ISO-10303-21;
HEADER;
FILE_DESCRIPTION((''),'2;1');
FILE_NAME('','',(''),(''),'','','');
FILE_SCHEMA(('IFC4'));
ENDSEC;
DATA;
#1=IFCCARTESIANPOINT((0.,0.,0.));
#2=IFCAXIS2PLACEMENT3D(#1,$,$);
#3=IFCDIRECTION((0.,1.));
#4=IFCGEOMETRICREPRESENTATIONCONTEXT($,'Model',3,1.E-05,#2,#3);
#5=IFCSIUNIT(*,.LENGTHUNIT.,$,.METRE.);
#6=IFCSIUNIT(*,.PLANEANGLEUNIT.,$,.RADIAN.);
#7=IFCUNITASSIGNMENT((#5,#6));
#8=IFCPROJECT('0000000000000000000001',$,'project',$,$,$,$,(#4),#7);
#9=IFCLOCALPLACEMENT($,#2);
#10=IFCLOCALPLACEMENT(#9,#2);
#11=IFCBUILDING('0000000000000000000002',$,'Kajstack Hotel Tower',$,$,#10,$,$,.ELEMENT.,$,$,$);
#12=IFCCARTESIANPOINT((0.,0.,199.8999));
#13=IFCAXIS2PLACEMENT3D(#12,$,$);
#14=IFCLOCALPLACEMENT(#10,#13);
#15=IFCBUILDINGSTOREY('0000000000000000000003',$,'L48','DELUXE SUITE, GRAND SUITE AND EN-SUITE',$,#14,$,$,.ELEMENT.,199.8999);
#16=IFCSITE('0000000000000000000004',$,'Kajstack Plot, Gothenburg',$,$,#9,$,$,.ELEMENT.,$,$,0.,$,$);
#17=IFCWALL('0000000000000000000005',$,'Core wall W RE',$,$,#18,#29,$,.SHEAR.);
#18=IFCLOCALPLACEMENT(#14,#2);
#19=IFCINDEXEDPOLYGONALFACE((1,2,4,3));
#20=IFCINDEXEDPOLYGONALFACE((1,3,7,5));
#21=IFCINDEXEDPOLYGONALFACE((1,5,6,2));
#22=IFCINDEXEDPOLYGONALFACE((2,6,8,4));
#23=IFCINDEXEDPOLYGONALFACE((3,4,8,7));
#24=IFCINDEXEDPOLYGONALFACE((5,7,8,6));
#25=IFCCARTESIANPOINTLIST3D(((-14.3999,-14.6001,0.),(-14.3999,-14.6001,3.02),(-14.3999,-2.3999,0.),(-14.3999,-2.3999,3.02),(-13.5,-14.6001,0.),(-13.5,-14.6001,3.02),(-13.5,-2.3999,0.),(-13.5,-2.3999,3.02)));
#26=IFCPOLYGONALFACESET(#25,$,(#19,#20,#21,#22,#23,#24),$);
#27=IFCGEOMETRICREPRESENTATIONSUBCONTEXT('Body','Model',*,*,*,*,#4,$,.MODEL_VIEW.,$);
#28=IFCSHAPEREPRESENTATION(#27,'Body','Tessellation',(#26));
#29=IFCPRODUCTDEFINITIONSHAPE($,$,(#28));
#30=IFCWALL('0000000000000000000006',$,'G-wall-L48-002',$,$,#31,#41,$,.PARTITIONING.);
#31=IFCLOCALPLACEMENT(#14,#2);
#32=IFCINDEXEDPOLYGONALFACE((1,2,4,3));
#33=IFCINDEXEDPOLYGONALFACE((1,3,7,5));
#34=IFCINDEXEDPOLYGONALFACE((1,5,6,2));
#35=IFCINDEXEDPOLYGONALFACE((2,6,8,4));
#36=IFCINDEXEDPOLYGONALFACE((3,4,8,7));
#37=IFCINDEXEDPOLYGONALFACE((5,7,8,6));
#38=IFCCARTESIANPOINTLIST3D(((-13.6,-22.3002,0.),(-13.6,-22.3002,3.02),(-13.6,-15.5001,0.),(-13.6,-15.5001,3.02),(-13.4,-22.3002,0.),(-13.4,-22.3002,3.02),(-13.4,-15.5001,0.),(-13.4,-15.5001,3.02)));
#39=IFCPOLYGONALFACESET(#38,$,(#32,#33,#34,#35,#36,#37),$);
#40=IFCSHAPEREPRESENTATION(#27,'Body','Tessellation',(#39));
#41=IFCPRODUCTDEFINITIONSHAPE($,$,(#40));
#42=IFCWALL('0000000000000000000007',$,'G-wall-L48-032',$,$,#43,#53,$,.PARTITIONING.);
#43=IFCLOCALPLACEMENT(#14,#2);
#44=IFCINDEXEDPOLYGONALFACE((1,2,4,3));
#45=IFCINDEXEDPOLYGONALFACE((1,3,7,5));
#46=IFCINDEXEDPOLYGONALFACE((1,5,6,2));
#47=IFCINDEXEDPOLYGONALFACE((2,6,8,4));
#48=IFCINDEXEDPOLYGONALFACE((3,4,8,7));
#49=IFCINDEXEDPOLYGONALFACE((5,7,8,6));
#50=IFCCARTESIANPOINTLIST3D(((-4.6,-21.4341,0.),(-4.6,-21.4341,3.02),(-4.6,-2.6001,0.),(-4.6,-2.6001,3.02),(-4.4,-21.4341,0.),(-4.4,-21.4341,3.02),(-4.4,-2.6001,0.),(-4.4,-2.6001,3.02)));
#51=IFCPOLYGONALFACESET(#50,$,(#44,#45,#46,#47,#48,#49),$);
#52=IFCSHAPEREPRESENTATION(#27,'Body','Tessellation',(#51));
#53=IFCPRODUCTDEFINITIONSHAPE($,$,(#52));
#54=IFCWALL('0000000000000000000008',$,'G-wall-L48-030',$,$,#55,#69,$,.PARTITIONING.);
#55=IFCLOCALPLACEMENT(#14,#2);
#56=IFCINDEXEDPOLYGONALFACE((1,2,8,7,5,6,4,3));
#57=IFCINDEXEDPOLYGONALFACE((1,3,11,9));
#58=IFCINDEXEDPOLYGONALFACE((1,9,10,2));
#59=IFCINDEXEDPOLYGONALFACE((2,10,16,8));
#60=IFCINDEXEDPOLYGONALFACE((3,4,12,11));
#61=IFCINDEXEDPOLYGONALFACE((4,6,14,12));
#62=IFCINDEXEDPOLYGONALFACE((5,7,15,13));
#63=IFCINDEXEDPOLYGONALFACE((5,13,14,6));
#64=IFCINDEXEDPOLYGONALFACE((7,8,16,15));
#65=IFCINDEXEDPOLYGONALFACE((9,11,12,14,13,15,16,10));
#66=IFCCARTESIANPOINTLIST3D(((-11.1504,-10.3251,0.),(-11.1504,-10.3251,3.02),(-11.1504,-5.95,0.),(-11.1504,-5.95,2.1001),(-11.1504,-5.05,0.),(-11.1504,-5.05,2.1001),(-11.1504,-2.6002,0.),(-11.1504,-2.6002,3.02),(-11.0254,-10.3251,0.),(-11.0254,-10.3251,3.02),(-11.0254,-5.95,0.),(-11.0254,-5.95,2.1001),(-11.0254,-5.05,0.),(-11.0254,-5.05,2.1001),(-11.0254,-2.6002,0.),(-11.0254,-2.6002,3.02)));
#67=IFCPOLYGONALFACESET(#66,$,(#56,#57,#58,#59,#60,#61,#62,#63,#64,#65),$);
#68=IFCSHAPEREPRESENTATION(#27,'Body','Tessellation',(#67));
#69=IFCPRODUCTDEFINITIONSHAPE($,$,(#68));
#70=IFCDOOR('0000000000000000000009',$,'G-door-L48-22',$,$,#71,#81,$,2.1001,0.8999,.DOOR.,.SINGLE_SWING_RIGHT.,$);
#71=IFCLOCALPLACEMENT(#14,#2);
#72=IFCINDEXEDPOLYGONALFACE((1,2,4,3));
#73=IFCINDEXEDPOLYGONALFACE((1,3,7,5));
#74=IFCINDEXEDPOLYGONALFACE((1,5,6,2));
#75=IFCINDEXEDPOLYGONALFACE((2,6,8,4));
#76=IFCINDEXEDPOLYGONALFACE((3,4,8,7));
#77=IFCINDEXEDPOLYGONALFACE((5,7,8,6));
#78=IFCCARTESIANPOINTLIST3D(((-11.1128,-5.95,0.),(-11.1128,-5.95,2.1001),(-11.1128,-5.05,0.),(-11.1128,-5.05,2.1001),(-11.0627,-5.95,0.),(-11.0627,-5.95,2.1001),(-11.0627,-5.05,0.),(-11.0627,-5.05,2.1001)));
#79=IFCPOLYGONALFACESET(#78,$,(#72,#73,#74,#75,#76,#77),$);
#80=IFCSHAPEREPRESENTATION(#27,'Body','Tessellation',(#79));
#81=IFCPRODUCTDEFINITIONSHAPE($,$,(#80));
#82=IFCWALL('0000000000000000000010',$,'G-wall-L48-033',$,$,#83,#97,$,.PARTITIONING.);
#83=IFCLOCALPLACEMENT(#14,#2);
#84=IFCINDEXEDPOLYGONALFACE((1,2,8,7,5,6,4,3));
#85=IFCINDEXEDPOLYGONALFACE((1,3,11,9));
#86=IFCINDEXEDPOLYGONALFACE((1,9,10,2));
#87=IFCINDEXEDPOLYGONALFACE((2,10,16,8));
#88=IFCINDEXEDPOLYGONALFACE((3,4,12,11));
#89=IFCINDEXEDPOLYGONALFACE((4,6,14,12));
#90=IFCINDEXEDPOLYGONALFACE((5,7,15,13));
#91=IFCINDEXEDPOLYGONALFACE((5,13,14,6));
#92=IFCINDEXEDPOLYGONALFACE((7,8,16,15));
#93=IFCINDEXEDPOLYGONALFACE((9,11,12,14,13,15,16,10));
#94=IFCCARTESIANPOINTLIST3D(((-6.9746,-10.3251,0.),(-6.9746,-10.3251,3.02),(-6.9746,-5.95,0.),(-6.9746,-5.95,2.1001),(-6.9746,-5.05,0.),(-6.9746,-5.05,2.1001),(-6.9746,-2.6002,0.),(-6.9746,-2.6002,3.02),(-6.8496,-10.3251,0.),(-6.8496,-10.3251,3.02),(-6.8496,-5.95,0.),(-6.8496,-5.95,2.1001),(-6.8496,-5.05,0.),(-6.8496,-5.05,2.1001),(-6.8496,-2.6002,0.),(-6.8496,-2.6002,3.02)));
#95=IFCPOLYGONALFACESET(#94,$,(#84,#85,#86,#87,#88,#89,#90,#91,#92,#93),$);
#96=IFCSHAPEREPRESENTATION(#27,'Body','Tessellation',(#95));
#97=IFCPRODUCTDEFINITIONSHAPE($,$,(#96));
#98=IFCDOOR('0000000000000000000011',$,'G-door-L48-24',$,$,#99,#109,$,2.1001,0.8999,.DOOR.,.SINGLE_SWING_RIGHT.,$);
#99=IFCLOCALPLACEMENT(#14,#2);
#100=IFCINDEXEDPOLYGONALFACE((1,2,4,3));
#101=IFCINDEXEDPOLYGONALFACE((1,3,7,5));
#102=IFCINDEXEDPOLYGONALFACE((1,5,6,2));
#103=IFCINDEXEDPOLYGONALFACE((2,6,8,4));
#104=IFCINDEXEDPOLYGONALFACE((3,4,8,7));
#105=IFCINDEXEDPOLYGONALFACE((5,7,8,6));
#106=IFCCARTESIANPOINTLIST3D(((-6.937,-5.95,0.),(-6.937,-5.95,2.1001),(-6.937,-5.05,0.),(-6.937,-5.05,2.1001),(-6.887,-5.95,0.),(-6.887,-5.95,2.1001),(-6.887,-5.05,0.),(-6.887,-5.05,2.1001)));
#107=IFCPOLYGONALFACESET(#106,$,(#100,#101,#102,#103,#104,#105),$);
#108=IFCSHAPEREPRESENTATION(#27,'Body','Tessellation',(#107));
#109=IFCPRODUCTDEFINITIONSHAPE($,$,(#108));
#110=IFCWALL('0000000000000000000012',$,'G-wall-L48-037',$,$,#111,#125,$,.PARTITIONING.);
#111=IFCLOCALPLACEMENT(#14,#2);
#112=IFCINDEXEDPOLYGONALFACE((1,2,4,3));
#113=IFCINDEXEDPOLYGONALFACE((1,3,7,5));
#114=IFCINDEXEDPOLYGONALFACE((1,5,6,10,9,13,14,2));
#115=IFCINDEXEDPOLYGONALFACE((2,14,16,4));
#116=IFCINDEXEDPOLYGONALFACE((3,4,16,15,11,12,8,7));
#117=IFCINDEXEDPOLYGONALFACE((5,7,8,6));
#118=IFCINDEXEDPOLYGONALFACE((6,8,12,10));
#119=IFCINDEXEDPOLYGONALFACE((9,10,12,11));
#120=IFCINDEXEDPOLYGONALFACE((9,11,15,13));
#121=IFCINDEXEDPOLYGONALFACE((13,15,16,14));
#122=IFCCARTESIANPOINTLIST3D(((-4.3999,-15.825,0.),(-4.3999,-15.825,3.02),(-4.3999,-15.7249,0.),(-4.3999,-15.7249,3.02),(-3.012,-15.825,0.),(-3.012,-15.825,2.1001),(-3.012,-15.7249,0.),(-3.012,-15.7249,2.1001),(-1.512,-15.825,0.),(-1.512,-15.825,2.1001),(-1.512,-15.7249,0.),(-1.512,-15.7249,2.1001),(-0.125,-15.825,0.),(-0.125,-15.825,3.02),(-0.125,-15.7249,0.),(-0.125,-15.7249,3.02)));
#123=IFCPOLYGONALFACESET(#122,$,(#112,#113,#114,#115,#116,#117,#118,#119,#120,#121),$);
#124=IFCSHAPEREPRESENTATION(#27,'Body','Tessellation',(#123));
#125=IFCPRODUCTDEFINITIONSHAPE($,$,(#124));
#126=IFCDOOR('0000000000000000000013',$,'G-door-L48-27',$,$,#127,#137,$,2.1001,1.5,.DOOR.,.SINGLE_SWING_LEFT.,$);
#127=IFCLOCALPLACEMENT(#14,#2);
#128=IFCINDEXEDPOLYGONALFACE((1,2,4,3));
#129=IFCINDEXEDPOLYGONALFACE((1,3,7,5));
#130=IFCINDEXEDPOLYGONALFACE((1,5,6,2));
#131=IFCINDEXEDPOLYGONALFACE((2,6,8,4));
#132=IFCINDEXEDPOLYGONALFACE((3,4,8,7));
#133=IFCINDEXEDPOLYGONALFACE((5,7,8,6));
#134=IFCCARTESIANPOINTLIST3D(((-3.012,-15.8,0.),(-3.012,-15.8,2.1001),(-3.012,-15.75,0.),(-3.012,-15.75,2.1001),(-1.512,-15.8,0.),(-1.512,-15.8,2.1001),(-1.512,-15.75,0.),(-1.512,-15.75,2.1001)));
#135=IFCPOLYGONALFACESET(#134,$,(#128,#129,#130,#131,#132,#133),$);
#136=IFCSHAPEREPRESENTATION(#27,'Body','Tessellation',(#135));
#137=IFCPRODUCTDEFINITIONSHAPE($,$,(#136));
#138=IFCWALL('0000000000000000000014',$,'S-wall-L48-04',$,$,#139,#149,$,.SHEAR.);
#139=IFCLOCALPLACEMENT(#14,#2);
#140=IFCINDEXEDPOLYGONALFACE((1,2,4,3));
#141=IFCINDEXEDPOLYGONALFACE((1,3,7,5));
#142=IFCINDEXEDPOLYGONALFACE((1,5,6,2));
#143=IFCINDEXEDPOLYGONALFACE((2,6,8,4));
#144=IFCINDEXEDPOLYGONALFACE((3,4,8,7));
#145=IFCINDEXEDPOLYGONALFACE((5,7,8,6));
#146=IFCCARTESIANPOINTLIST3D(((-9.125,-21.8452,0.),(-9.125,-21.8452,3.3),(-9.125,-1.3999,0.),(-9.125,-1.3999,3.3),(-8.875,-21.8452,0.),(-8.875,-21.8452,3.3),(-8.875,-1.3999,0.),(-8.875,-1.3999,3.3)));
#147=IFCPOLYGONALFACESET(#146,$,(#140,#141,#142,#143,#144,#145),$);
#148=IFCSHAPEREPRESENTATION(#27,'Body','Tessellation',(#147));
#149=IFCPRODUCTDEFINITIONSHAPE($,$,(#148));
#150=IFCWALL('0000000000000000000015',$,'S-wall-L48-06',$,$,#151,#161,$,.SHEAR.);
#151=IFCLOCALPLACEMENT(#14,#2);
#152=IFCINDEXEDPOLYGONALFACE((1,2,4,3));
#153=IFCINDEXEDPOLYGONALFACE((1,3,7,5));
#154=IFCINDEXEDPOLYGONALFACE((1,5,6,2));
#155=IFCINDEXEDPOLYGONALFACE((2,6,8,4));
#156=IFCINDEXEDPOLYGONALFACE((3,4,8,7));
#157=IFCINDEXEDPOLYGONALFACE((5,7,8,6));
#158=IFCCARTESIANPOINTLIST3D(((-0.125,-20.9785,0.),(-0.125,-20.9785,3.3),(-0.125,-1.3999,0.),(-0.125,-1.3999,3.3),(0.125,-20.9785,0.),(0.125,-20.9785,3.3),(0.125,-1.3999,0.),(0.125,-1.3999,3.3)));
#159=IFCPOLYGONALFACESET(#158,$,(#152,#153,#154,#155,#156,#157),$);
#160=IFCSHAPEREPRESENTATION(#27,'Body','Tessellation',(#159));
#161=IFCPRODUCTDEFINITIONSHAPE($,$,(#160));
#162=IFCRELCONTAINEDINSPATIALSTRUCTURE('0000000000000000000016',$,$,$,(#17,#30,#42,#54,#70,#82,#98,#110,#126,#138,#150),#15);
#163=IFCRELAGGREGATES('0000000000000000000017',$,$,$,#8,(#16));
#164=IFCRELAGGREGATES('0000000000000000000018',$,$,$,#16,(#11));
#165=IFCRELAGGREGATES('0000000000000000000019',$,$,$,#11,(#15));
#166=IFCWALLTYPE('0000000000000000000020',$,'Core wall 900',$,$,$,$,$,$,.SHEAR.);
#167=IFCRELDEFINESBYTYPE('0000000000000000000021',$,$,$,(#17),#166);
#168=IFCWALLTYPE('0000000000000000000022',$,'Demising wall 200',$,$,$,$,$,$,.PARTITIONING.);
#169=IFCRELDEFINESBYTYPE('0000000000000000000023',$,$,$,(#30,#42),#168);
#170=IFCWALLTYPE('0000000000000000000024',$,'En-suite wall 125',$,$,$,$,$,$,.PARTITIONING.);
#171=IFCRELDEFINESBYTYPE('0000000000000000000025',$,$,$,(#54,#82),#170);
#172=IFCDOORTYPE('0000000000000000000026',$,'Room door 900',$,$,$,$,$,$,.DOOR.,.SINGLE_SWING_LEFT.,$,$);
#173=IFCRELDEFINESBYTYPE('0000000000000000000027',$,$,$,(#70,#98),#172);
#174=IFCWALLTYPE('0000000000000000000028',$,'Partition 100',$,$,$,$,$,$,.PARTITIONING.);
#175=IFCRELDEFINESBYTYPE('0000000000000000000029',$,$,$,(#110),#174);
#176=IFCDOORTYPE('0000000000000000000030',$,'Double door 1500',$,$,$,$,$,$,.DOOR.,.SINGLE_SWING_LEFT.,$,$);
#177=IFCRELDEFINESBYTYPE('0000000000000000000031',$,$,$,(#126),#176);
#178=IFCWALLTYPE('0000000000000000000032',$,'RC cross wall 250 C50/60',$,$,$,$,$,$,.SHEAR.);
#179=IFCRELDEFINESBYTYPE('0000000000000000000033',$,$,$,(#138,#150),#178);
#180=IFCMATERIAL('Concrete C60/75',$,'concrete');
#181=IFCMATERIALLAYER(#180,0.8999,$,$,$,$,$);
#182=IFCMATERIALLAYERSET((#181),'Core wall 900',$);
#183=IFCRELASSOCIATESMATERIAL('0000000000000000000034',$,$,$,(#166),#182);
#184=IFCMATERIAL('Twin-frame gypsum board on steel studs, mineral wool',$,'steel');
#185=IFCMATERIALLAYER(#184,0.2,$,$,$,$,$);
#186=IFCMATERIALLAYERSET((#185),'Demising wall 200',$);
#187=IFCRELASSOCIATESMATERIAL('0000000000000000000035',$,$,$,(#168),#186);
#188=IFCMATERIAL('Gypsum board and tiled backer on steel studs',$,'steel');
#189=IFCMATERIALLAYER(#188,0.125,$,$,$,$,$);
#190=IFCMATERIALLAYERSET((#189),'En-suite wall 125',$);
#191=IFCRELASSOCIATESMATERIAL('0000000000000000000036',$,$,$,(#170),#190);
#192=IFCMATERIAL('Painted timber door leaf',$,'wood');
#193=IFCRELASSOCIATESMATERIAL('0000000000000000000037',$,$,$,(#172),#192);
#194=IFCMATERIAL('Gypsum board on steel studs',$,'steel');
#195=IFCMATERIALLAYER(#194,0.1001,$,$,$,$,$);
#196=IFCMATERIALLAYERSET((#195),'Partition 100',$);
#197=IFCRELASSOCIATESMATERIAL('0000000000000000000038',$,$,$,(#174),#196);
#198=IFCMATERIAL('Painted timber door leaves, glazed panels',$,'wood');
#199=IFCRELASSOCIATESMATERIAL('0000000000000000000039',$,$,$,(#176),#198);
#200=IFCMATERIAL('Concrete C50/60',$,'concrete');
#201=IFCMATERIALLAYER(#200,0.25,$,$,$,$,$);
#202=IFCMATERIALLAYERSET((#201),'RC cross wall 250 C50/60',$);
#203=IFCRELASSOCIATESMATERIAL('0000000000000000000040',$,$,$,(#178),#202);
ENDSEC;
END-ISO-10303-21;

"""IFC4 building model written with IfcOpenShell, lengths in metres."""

from ifc_helpers import new_model, si_unit, direction, frame, frame_2d, origin, place, context, subcontext, project, spatial, rectangle, extrude, material, layer, layer_set, type_object, element, fill, save


model = new_model("IFC4")

# Units and contexts
model_context = context("Model", 3, precision=1e-05, world=origin(), true_north=direction((0.0, 1.0)))
body_context = subcontext(model_context, "Body", "Model", "MODEL_VIEW")
ifc_project = project(units=[si_unit("LENGTHUNIT", "METRE"), si_unit("PLANEANGLEUNIT", "RADIAN")], contexts=[model_context])

# Site, building, storey
site_placement = place(None, origin())
site = spatial("IfcSite", under=ifc_project, at=site_placement, Name="Kajstack Plot, Gothenburg", CompositionType="ELEMENT", RefElevation=0.0)
building_placement = place(site_placement, origin())
building = spatial("IfcBuilding", under=site, at=building_placement, Name="Kajstack Hotel Tower", CompositionType="ELEMENT")
storey_placement = place(building_placement, frame((0.0, 0.0, 199.8999)))
storey = spatial("IfcBuildingStorey", under=building, at=storey_placement, Name="L48", Description="DELUXE SUITE, GRAND SUITE AND EN-SUITE", CompositionType="ELEMENT", Elevation=199.8999)

# Walls
ifc_material_1 = material(Name="Concrete C60/75", Category="concrete")
ifc_layer_1 = layer(ifc_material_1, 0.8999)
ifc_layer_set_1 = layer_set([ifc_layer_1], Name="Core wall 900")
wall_type_1 = type_object("IfcWallType", Name="Core wall 900", PredefinedType="SHEAR", material=ifc_layer_set_1)
wall_1_placement = place(storey_placement, frame((-13.95, -14.6001, 0.0), z_axis=(0.0, 0.0, 1.0), x_axis=(0.0, 1.0, 0.0)))
element("IfcWall", 1, at=wall_1_placement, inside=storey, type_object=wall_type_1, Name="Core wall W RE", PredefinedType="SHEAR", context=body_context, shape_type="SweptSolid", body=[
    extrude(rectangle(XDim=12.2002, YDim=0.8999, at=frame_2d((6.1001, 0.0))), origin(), (0.0, 0.0, 1.0), 3.02),
])
ifc_material_2 = material(Name="Twin-frame gypsum board on steel studs, mineral wool", Category="steel")
ifc_layer_2 = layer(ifc_material_2, 0.2)
ifc_layer_set_2 = layer_set([ifc_layer_2], Name="Demising wall 200")
wall_type_2 = type_object("IfcWallType", Name="Demising wall 200", PredefinedType="PARTITIONING", material=ifc_layer_set_2)
wall_2_placement = place(storey_placement, frame((-13.5, -22.3, 0.0), z_axis=(0.0, 0.0, 1.0), x_axis=(0.0, 1.0, 0.0)))
element("IfcWall", 2, at=wall_2_placement, inside=storey, type_object=wall_type_2, Name="G-wall-L48-002", PredefinedType="PARTITIONING", context=body_context, shape_type="SweptSolid", body=[
    extrude(rectangle(XDim=6.8, YDim=0.2, at=frame_2d((3.3999, 0.0))), origin(), (0.0, 0.0, 1.0), 3.02),
])
wall_3_placement = place(storey_placement, frame((-4.5, -21.4341, 0.0), z_axis=(0.0, 0.0, 1.0), x_axis=(0.0, 1.0, 0.0)))
element("IfcWall", 3, at=wall_3_placement, inside=storey, type_object=wall_type_2, Name="G-wall-L48-032", PredefinedType="PARTITIONING", context=body_context, shape_type="SweptSolid", body=[
    extrude(rectangle(XDim=18.834, YDim=0.2, at=frame_2d((9.417, 0.0))), origin(), (0.0, 0.0, 1.0), 3.02),
])

# Walls, openings, doors
ifc_material_3 = material(Name="Gypsum board and tiled backer on steel studs", Category="steel")
ifc_layer_3 = layer(ifc_material_3, 0.125)
ifc_layer_set_3 = layer_set([ifc_layer_3], Name="En-suite wall 125")
wall_type_3 = type_object("IfcWallType", Name="En-suite wall 125", PredefinedType="PARTITIONING", material=ifc_layer_set_3)
wall_4_placement = place(storey_placement, frame((-11.0879, -10.325, 0.0), z_axis=(0.0, 0.0, 1.0), x_axis=(0.0, 1.0, 0.0)))
wall_4 = element("IfcWall", 4, at=wall_4_placement, inside=storey, type_object=wall_type_3, Name="G-wall-L48-030", PredefinedType="PARTITIONING", context=body_context, shape_type="SweptSolid", body=[
    extrude(rectangle(XDim=7.7249, YDim=0.125, at=frame_2d((3.8623, 0.0))), origin(), (0.0, 0.0, 1.0), 3.02),
])
opening_1_placement = place(wall_4_placement, frame((4.375, 0.0, 0.0)))
opening_1 = element("IfcOpeningElement", 5, at=opening_1_placement, cuts=wall_4, PredefinedType="OPENING", context=body_context, shape_type="SweptSolid", body=[
    extrude(rectangle(XDim=0.8999, YDim=2.1001, at=frame_2d((0.45, 1.05))), frame((0.0, 0.0725, 0.0), z_axis=(0.0, -1.0, 0.0), x_axis=(1.0, 0.0, 0.0)), (0.0, 0.0, 1.0), 0.145),
])
ifc_material_4 = material(Name="Painted timber door leaf", Category="wood")
door_type_1 = type_object("IfcDoorType", Name="Room door 900", OperationType="SINGLE_SWING_LEFT", PredefinedType="DOOR", material=ifc_material_4)
door_1_placement = place(opening_1_placement, origin())
door_1 = element("IfcDoor", 6, at=door_1_placement, inside=storey, type_object=door_type_1, Name="G-door-L48-22", OperationType="SINGLE_SWING_RIGHT", OverallHeight=2.1001, OverallWidth=0.8999, PredefinedType="DOOR", context=body_context, shape_type="SweptSolid", body=[
    extrude(rectangle(XDim=0.8999, YDim=2.1001, at=frame_2d((0.45, 1.05))), frame((0.0, 0.0249, 0.0), z_axis=(0.0, -1.0, 0.0), x_axis=(1.0, 0.0, 0.0)), (0.0, 0.0, 1.0), 0.05),
])
fill(opening_1, door_1)
wall_5_placement = place(storey_placement, frame((-6.9121, -10.325, 0.0), z_axis=(0.0, 0.0, 1.0), x_axis=(0.0, 1.0, 0.0)))
wall_5 = element("IfcWall", 7, at=wall_5_placement, inside=storey, type_object=wall_type_3, Name="G-wall-L48-033", PredefinedType="PARTITIONING", context=body_context, shape_type="SweptSolid", body=[
    extrude(rectangle(XDim=7.7249, YDim=0.125, at=frame_2d((3.8623, 0.0))), origin(), (0.0, 0.0, 1.0), 3.02),
])
opening_2_placement = place(wall_5_placement, frame((4.375, 0.0, 0.0)))
opening_2 = element("IfcOpeningElement", 8, at=opening_2_placement, cuts=wall_5, PredefinedType="OPENING", context=body_context, shape_type="SweptSolid", body=[
    extrude(rectangle(XDim=0.8999, YDim=2.1001, at=frame_2d((0.45, 1.05))), frame((0.0, 0.0725, 0.0), z_axis=(0.0, -1.0, 0.0), x_axis=(1.0, 0.0, 0.0)), (0.0, 0.0, 1.0), 0.145),
])
door_2_placement = place(opening_2_placement, origin())
door_2 = element("IfcDoor", 9, at=door_2_placement, inside=storey, type_object=door_type_1, Name="G-door-L48-24", OperationType="SINGLE_SWING_RIGHT", OverallHeight=2.1001, OverallWidth=0.8999, PredefinedType="DOOR", context=body_context, shape_type="SweptSolid", body=[
    extrude(rectangle(XDim=0.8999, YDim=2.1001, at=frame_2d((0.45, 1.05))), frame((0.0, 0.0249, 0.0), z_axis=(0.0, -1.0, 0.0), x_axis=(1.0, 0.0, 0.0)), (0.0, 0.0, 1.0), 0.05),
])
fill(opening_2, door_2)
ifc_material_5 = material(Name="Gypsum board on steel studs", Category="steel")
ifc_layer_4 = layer(ifc_material_5, 0.1001)
ifc_layer_set_4 = layer_set([ifc_layer_4], Name="Partition 100")
wall_type_4 = type_object("IfcWallType", Name="Partition 100", PredefinedType="PARTITIONING", material=ifc_layer_set_4)
wall_6_placement = place(storey_placement, frame((-4.3999, -15.7749, 0.0), z_axis=(0.0, 0.0, 1.0), x_axis=(1.0, 0.0, 0.0)))
wall_6 = element("IfcWall", 10, at=wall_6_placement, inside=storey, type_object=wall_type_4, Name="G-wall-L48-037", PredefinedType="PARTITIONING", context=body_context, shape_type="SweptSolid", body=[
    extrude(rectangle(XDim=4.2749, YDim=0.1001, at=frame_2d((2.1375, 0.0))), origin(), (0.0, 0.0, 1.0), 3.02),
])
opening_3_placement = place(wall_6_placement, frame((1.3879, 0.0, 0.0)))
opening_3 = element("IfcOpeningElement", 11, at=opening_3_placement, cuts=wall_6, PredefinedType="OPENING", context=body_context, shape_type="SweptSolid", body=[
    extrude(rectangle(XDim=1.5, YDim=2.1001, at=frame_2d((0.75, 1.05))), frame((0.0, 0.0601, 0.0), z_axis=(0.0, -1.0, 0.0), x_axis=(1.0, 0.0, 0.0)), (0.0, 0.0, 1.0), 0.1201),
])
ifc_material_6 = material(Name="Painted timber door leaves, glazed panels", Category="wood")
door_type_2 = type_object("IfcDoorType", Name="Double door 1500", OperationType="SINGLE_SWING_LEFT", PredefinedType="DOOR", material=ifc_material_6)
door_3_placement = place(opening_3_placement, origin())
door_3 = element("IfcDoor", 12, at=door_3_placement, inside=storey, type_object=door_type_2, Name="G-door-L48-27", OperationType="SINGLE_SWING_LEFT", OverallHeight=2.1001, OverallWidth=1.5, PredefinedType="DOOR", context=body_context, shape_type="SweptSolid", body=[
    extrude(rectangle(XDim=1.5, YDim=2.1001, at=frame_2d((0.75, 1.05))), frame((0.0, 0.0249, 0.0), z_axis=(0.0, -1.0, 0.0), x_axis=(1.0, 0.0, 0.0)), (0.0, 0.0, 1.0), 0.05),
])
fill(opening_3, door_3)

# Walls
ifc_material_7 = material(Name="Concrete C50/60", Category="concrete")
ifc_layer_5 = layer(ifc_material_7, 0.25)
ifc_layer_set_5 = layer_set([ifc_layer_5], Name="RC cross wall 250 C50/60")
wall_type_5 = type_object("IfcWallType", Name="RC cross wall 250 C50/60", PredefinedType="SHEAR", material=ifc_layer_set_5)
wall_7_placement = place(storey_placement, frame((-9.0, -21.8452, 0.0), z_axis=(0.0, 0.0, 1.0), x_axis=(0.0, 1.0, 0.0)))
element("IfcWall", 13, at=wall_7_placement, inside=storey, type_object=wall_type_5, Name="S-wall-L48-04", PredefinedType="SHEAR", context=body_context, shape_type="SweptSolid", body=[
    extrude(rectangle(XDim=20.4453, YDim=0.25, at=frame_2d((10.2227, 0.0))), origin(), (0.0, 0.0, 1.0), 3.3),
])
wall_8_placement = place(storey_placement, frame((0.0, -20.9785, 0.0), z_axis=(0.0, 0.0, 1.0), x_axis=(0.0, 1.0, 0.0)))
element("IfcWall", 14, at=wall_8_placement, inside=storey, type_object=wall_type_5, Name="S-wall-L48-06", PredefinedType="SHEAR", context=body_context, shape_type="SweptSolid", body=[
    extrude(rectangle(XDim=19.5786, YDim=0.25, at=frame_2d((9.7893, 0.0))), origin(), (0.0, 0.0, 1.0), 3.3),
])

save(model, "model.ifc")
